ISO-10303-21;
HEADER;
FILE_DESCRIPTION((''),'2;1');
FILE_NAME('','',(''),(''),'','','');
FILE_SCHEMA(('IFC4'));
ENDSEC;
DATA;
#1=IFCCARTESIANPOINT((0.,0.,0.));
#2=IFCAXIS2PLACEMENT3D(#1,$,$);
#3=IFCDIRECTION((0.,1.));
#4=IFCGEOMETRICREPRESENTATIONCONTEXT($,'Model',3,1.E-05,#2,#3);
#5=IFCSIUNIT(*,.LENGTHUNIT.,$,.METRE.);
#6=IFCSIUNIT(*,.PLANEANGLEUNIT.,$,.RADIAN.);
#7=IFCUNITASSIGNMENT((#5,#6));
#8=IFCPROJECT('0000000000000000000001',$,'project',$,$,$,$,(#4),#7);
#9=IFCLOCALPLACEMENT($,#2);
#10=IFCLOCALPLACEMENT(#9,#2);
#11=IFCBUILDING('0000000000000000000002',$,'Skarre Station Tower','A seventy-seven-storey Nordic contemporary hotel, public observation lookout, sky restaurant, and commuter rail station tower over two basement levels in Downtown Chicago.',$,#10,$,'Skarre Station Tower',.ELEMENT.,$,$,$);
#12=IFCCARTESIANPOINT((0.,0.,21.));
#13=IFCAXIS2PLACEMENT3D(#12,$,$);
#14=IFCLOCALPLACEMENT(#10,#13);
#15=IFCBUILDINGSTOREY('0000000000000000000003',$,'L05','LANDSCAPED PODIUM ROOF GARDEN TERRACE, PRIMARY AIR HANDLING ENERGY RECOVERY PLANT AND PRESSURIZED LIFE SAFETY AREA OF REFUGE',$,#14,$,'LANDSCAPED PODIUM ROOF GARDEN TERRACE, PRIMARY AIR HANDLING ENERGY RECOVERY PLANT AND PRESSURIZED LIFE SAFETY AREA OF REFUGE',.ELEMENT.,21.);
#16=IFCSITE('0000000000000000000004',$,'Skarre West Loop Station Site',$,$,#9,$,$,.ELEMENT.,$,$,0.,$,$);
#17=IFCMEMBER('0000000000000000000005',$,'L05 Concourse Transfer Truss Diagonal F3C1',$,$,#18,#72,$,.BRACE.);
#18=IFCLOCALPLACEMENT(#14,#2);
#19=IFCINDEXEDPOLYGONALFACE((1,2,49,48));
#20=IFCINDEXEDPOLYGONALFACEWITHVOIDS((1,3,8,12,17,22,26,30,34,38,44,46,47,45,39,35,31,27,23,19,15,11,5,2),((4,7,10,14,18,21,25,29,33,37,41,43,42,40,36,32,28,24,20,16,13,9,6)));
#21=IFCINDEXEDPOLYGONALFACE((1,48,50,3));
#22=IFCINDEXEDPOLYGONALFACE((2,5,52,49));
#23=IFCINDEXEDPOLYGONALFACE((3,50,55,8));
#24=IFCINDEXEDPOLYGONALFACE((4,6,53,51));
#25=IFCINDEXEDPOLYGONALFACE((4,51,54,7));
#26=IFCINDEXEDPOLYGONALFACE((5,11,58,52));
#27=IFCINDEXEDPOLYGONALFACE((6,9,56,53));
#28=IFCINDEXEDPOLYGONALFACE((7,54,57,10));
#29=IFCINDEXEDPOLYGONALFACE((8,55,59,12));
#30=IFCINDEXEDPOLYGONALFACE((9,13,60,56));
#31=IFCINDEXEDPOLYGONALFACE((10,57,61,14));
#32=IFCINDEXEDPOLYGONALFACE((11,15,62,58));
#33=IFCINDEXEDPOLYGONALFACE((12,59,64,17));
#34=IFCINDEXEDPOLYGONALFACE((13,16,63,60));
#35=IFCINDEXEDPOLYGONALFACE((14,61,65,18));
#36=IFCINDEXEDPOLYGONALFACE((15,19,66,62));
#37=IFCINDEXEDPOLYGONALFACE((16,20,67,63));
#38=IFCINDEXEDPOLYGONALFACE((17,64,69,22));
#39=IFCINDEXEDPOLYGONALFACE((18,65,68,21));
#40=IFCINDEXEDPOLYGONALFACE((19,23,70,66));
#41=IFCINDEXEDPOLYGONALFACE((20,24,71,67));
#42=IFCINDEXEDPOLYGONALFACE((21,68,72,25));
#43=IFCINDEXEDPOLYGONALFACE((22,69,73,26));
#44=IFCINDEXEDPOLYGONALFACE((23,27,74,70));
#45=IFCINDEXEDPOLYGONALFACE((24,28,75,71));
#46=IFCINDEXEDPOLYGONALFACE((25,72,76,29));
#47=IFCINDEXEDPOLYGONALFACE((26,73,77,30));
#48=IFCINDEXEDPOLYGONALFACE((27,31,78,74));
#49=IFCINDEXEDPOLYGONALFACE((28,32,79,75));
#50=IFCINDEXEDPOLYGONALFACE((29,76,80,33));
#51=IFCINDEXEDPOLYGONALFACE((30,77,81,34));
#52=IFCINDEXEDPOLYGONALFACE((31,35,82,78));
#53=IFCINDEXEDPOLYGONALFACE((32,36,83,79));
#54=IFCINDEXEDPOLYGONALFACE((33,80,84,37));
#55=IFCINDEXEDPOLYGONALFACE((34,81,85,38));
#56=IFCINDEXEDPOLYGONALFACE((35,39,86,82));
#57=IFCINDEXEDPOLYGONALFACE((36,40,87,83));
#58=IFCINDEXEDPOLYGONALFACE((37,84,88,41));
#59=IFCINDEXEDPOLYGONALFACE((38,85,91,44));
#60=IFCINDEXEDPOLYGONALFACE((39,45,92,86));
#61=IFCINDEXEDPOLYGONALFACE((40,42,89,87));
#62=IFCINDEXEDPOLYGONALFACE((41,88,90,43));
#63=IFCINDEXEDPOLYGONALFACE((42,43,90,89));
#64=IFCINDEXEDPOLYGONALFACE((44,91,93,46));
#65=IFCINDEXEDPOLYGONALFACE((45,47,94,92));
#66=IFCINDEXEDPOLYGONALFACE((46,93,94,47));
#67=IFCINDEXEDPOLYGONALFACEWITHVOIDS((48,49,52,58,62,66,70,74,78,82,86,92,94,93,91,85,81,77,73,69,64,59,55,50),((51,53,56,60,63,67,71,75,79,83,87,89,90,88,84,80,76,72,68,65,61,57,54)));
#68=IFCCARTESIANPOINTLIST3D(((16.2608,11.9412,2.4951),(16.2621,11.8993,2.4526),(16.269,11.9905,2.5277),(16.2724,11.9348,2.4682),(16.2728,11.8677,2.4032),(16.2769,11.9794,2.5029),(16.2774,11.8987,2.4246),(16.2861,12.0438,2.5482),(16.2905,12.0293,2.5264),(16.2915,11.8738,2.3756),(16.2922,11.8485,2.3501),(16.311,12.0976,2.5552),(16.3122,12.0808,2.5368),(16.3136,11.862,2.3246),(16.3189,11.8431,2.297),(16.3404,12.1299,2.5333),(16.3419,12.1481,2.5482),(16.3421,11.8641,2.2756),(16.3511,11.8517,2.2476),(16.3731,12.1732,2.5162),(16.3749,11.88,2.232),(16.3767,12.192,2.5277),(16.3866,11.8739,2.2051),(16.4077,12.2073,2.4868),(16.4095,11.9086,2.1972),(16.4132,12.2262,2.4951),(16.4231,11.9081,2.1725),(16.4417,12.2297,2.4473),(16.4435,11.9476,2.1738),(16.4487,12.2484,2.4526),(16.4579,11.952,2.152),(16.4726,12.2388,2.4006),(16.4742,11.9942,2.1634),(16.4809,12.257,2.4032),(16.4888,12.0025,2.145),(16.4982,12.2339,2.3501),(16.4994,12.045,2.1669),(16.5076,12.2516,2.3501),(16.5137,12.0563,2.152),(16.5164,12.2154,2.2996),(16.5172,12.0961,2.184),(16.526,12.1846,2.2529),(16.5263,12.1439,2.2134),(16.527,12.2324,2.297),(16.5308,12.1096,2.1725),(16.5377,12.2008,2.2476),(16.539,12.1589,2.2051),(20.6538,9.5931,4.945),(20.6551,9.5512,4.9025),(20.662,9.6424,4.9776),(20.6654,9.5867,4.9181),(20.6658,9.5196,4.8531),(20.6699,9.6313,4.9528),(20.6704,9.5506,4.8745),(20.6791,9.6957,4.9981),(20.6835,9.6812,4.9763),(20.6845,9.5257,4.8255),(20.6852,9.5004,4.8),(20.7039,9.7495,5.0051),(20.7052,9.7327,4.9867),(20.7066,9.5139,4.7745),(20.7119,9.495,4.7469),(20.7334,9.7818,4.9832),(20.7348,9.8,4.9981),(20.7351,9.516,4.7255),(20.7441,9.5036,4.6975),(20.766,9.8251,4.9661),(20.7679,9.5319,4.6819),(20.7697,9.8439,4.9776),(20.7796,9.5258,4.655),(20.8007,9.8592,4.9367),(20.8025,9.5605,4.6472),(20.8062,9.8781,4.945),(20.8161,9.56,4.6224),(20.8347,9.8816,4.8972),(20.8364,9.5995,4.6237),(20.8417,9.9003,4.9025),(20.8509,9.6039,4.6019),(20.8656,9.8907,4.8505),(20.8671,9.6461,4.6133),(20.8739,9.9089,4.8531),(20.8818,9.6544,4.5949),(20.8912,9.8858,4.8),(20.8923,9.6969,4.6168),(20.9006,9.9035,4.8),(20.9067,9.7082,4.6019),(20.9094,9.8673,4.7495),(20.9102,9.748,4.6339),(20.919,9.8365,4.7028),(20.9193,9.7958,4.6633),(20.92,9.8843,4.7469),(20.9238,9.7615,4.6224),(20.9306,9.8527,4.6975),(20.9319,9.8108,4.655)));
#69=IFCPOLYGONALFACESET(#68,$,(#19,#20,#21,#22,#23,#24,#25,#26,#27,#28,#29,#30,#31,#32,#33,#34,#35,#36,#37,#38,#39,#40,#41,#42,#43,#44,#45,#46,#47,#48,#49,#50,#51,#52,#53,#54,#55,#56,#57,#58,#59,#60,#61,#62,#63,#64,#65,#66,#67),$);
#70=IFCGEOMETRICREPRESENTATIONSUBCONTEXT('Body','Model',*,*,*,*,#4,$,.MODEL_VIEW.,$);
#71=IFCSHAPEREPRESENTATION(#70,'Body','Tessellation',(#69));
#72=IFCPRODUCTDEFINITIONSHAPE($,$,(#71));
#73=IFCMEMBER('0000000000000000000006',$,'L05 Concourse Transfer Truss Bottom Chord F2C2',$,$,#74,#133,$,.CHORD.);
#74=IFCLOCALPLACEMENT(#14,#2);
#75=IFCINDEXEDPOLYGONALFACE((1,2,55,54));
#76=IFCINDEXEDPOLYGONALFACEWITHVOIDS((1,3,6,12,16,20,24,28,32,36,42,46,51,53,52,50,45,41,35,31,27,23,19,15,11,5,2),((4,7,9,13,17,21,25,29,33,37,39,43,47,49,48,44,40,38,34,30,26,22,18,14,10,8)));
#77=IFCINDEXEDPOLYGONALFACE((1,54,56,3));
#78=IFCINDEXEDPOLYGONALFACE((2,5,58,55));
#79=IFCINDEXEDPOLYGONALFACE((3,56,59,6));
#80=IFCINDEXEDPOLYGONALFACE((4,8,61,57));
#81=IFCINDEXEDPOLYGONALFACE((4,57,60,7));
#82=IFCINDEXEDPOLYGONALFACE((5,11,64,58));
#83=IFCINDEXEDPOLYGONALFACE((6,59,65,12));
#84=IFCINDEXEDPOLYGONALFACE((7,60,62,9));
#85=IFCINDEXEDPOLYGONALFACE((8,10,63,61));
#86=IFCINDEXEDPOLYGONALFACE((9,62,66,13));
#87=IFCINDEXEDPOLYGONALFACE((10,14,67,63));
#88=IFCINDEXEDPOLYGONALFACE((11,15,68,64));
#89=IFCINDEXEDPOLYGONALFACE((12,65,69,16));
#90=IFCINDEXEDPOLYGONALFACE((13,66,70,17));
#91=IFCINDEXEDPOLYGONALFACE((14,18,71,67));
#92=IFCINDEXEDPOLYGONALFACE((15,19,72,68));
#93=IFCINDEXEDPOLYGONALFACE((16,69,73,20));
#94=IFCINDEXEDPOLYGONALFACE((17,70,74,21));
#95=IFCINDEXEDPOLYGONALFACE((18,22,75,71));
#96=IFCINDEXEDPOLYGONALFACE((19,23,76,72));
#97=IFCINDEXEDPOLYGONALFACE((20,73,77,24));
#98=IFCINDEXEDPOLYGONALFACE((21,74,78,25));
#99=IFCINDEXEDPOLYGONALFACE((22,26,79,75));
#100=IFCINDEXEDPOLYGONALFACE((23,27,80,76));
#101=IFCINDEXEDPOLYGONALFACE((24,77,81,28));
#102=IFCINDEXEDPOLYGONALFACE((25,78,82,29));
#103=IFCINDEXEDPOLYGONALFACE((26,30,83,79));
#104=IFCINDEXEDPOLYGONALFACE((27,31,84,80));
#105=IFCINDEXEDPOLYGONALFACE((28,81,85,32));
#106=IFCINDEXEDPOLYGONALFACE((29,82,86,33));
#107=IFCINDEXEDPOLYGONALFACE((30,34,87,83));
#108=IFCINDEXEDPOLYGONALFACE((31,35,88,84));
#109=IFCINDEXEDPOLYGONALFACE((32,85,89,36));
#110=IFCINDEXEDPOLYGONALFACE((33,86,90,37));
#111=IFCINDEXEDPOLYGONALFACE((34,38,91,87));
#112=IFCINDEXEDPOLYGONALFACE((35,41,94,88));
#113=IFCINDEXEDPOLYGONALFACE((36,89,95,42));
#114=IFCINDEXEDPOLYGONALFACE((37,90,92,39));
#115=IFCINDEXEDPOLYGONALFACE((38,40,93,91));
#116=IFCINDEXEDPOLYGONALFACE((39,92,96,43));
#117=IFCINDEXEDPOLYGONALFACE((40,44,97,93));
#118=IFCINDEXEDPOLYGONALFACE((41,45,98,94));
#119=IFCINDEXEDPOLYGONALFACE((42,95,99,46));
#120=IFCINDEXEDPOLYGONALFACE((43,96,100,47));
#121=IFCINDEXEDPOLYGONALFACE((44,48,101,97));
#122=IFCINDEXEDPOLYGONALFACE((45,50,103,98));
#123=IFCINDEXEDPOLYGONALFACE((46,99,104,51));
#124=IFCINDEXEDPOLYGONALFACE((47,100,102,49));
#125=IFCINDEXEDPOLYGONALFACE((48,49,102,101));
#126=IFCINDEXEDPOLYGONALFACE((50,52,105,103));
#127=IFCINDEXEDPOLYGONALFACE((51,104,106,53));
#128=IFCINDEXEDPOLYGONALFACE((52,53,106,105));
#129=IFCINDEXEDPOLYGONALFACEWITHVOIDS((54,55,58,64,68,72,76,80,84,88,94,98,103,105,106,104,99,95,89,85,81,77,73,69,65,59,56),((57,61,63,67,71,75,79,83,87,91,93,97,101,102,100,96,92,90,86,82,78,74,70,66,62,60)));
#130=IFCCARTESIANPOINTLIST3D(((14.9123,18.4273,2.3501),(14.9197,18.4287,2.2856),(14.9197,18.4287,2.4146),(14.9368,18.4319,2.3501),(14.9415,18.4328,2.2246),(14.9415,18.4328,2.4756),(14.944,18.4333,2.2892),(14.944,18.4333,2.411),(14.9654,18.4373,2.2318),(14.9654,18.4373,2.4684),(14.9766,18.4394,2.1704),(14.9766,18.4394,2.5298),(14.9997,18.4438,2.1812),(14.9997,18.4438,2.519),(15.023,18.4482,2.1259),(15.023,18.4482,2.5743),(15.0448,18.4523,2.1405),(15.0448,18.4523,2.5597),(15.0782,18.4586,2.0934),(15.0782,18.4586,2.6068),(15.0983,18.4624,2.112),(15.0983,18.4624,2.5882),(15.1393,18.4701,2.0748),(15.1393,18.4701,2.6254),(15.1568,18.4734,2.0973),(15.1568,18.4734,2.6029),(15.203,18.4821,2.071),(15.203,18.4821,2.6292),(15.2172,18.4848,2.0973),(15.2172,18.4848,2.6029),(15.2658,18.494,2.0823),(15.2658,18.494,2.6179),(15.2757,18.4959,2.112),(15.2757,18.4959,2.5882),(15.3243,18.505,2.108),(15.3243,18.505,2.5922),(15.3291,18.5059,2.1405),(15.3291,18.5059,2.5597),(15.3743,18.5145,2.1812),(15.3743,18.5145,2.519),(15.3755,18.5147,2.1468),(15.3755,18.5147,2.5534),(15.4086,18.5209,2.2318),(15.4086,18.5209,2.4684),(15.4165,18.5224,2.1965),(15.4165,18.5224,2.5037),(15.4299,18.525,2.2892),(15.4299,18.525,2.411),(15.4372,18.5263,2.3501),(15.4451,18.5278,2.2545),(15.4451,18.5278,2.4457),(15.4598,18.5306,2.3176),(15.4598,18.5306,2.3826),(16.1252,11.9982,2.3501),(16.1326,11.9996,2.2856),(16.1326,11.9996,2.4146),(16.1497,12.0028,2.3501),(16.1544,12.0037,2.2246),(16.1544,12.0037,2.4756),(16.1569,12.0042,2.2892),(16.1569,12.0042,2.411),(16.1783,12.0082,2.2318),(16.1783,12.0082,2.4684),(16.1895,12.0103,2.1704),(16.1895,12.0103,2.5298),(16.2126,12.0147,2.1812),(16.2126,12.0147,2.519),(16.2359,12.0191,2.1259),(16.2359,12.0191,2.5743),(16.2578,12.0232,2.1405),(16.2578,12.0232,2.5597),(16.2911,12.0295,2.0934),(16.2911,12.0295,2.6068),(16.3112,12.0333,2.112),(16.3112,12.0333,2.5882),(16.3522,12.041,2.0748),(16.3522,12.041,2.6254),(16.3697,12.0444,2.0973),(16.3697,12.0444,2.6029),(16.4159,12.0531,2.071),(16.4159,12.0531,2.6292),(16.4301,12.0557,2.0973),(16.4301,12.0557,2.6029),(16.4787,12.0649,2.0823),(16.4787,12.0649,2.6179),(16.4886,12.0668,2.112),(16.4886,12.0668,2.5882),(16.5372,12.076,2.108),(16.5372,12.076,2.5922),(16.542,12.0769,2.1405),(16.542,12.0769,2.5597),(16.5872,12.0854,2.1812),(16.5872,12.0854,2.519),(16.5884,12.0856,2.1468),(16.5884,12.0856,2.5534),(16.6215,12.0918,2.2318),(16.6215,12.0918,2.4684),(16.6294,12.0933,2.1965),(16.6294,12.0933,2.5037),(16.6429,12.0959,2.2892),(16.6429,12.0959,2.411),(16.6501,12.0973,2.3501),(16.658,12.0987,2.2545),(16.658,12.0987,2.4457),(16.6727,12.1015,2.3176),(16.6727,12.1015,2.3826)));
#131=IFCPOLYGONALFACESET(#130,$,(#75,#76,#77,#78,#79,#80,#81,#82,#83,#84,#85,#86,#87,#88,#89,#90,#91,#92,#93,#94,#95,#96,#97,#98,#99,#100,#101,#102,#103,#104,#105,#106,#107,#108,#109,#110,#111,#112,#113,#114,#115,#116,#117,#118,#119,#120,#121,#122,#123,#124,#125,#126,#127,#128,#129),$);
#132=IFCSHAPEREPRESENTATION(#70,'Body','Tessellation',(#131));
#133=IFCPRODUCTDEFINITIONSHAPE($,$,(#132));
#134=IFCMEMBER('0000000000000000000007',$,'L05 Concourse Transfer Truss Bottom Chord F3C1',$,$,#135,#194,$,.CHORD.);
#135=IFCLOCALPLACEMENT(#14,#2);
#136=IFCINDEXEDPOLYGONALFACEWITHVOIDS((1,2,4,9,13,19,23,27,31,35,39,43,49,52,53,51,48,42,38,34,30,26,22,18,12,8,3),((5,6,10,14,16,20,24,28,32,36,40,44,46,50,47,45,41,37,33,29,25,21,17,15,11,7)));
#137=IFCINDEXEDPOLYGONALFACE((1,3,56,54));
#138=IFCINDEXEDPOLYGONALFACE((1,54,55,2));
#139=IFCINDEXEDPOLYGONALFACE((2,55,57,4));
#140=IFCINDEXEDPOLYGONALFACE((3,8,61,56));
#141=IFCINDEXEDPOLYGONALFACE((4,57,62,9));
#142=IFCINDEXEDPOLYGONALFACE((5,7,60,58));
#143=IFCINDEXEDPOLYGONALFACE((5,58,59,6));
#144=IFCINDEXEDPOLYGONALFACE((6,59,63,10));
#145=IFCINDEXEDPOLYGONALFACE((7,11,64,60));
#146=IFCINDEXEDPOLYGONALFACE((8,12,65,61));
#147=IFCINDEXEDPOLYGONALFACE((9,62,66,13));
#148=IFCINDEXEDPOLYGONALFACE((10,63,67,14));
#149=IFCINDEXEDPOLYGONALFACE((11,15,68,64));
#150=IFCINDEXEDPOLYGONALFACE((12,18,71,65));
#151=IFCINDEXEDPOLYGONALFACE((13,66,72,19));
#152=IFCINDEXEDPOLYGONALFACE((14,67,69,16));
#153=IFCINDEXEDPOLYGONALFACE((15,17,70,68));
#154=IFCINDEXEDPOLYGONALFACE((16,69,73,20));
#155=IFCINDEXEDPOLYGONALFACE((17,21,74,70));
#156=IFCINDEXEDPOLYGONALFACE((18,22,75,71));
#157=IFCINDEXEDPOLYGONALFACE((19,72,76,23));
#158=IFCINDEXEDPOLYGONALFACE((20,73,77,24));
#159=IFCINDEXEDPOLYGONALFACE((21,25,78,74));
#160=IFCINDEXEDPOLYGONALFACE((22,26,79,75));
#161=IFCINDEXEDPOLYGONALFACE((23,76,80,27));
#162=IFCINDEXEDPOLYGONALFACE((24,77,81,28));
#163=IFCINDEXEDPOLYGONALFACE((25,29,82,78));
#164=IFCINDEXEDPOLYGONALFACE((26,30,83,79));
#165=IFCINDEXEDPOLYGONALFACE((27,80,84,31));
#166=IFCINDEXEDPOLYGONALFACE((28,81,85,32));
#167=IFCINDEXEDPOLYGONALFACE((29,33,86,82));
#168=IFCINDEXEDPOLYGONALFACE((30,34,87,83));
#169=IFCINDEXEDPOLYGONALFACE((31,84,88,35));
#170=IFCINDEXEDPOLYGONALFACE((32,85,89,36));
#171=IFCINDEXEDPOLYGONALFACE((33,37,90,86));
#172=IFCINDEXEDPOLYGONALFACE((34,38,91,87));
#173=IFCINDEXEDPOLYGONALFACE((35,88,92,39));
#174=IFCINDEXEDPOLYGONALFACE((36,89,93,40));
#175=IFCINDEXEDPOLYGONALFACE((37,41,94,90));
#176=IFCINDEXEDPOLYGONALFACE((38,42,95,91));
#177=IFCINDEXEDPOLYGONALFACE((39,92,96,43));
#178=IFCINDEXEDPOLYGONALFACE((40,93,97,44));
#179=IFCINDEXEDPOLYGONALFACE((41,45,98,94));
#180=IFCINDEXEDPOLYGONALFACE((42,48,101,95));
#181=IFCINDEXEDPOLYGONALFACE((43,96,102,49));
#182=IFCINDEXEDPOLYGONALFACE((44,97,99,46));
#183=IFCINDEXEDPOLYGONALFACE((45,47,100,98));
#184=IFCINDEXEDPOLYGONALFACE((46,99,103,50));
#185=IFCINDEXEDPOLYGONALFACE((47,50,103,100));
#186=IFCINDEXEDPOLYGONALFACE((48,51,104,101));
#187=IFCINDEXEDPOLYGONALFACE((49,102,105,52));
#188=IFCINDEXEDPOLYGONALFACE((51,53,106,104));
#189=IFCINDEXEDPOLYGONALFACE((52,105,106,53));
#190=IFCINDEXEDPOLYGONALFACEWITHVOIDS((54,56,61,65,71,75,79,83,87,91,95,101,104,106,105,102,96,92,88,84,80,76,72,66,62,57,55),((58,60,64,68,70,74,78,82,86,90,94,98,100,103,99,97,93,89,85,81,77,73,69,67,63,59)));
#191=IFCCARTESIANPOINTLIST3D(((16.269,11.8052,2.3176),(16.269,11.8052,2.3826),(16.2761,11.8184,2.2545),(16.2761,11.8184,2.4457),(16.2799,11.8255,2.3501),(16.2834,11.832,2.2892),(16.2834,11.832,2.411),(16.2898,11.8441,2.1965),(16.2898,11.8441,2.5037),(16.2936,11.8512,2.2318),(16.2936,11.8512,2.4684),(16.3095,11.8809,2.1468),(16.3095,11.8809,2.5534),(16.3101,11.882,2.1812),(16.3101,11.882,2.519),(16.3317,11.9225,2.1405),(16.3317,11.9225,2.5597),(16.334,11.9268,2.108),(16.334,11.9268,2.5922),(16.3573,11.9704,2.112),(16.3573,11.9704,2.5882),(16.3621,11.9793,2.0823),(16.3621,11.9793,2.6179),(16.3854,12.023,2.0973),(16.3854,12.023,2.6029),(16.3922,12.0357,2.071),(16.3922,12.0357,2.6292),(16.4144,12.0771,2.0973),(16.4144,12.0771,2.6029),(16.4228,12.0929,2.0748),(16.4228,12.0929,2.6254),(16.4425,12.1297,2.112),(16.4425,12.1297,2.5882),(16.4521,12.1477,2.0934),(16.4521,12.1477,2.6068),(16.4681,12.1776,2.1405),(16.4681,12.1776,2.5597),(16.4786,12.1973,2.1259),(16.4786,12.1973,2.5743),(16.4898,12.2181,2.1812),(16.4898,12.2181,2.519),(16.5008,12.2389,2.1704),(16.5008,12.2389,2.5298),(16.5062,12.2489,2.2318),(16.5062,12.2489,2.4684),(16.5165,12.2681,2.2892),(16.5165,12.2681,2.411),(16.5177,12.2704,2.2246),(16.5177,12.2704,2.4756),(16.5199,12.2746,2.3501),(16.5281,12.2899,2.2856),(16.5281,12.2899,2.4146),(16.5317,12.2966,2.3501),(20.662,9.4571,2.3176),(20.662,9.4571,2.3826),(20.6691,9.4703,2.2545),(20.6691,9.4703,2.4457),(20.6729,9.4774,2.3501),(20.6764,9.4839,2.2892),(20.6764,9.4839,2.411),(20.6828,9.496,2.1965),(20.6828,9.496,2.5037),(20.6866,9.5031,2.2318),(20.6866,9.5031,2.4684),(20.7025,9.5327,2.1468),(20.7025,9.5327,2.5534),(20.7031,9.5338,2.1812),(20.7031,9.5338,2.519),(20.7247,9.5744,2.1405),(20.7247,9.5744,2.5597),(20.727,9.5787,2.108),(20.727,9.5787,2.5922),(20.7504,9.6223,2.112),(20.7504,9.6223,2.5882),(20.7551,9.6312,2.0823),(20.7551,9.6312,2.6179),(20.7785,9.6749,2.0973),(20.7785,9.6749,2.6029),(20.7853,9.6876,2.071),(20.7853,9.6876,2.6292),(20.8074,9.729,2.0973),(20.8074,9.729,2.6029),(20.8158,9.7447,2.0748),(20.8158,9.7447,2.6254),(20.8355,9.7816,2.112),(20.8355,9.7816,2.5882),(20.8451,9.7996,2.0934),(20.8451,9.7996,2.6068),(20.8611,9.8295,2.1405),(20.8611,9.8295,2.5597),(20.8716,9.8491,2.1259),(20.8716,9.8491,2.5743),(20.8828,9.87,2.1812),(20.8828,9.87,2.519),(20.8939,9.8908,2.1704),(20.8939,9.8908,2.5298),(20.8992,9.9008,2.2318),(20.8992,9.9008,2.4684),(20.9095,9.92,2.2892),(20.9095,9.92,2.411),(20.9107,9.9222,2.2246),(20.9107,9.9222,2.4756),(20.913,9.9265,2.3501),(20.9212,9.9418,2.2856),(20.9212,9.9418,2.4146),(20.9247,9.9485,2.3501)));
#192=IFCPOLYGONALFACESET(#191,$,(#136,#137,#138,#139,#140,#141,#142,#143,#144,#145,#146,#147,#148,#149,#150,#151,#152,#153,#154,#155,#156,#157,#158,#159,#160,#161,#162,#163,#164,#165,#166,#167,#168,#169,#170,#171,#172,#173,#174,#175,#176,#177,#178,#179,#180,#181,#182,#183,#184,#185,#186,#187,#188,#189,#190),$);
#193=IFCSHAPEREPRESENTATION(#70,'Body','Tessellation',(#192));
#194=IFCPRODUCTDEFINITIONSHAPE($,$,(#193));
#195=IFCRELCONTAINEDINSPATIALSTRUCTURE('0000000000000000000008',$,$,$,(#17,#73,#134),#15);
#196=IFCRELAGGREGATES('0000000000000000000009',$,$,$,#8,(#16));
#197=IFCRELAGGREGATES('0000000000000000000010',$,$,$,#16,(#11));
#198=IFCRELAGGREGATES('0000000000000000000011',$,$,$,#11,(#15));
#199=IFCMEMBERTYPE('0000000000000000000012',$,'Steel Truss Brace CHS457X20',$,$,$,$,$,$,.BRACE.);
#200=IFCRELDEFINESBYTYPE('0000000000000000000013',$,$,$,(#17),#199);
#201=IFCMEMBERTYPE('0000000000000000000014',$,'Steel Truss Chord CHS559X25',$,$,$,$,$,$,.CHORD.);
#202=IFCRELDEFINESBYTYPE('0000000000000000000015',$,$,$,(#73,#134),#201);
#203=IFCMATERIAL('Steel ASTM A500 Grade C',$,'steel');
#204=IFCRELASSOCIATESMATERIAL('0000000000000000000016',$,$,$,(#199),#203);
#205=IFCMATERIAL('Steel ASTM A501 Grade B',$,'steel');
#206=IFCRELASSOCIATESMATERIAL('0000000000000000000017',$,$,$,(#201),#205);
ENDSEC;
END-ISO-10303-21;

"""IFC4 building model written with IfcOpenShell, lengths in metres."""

from ifc_helpers import new_model, si_unit, direction, frame, origin, origin_2d, place, context, subcontext, project, spatial, hollow_circle, extrude, material, material_profile, profile_set, type_object, element, save


model = new_model("IFC4")

# Units and contexts
model_context = context("Model", 3, precision=1e-05, world=origin(), true_north=direction((0.0, 1.0)))
body_context = subcontext(model_context, "Body", "Model", "MODEL_VIEW")
ifc_project = project(units=[si_unit("LENGTHUNIT", "METRE"), si_unit("PLANEANGLEUNIT", "RADIAN")], contexts=[model_context])

# Site, building, storey
site_placement = place(None, origin())
site = spatial("IfcSite", under=ifc_project, at=site_placement, Name="Skarre West Loop Station Site", CompositionType="ELEMENT", RefElevation=0.0)
building_placement = place(site_placement, origin())
building = spatial("IfcBuilding", under=site, at=building_placement, Name="Skarre Station Tower", Description="A seventy-seven-storey Nordic contemporary hotel, public observation lookout, sky restaurant, and commuter rail station tower over two basement levels in Downtown Chicago.", LongName="Skarre Station Tower", CompositionType="ELEMENT")
storey_placement = place(building_placement, frame((0.0, 0.0, 21.0)))
storey = spatial("IfcBuildingStorey", under=building, at=storey_placement, Name="L05", Description="LANDSCAPED PODIUM ROOF GARDEN TERRACE, PRIMARY AIR HANDLING ENERGY RECOVERY PLANT AND PRESSURIZED LIFE SAFETY AREA OF REFUGE", LongName="LANDSCAPED PODIUM ROOF GARDEN TERRACE, PRIMARY AIR HANDLING ENERGY RECOVERY PLANT AND PRESSURIZED LIFE SAFETY AREA OF REFUGE", CompositionType="ELEMENT", Elevation=21.0)

# Shared definitions
ifc_material_1 = material(Name="Steel ASTM A500 Grade C", Category="steel")

# Members
ifc_material_profile_1 = material_profile(ifc_material_1, hollow_circle(Radius=0.2285, WallThickness=0.02, at=origin_2d()), Name="Steel ASTM A500 Grade C")
ifc_profile_set_1 = profile_set([ifc_material_profile_1], Name="Steel ASTM A500 Grade C")
member_type_1 = type_object("IfcMemberType", Name="Steel Truss Brace CHS457X20", PredefinedType="BRACE", material=ifc_profile_set_1)
member_1_placement = place(storey_placement, frame((16.3999, 12.05, 2.3501), z_axis=(0.791382, -0.423003, 0.441343), x_axis=(0.471397, 0.881921, 0.0)))
element("IfcMember", 1, at=member_1_placement, inside=storey, type_object=member_type_1, Name="L05 Concourse Transfer Truss Diagonal F3C1", PredefinedType="BRACE", context=body_context, shape_type="SweptSolid", body=[
    extrude(hollow_circle(Radius=0.2285, WallThickness=0.02, at=origin_2d()), origin(), (0.0, 0.0, 1.0), 5.551),
])
ifc_material_2 = material(Name="Steel ASTM A501 Grade B", Category="steel")
ifc_material_profile_2 = material_profile(ifc_material_2, hollow_circle(Radius=0.2795, WallThickness=0.0249, at=origin_2d()), Name="Steel ASTM A501 Grade B")
ifc_profile_set_2 = profile_set([ifc_material_profile_2], Name="Steel ASTM A501 Grade B")
member_type_2 = type_object("IfcMemberType", Name="Steel Truss Chord CHS559X25", PredefinedType="CHORD", material=ifc_profile_set_2)
member_2_placement = place(storey_placement, frame((16.3999, 12.05, 2.3501), z_axis=(-0.18539, 0.982665, 0.0), x_axis=(-0.982665, -0.18539, 0.0)))
element("IfcMember", 2, at=member_2_placement, inside=storey, type_object=member_type_2, Name="L05 Concourse Transfer Truss Bottom Chord F2C2", PredefinedType="CHORD", context=body_context, shape_type="SweptSolid", body=[
    extrude(hollow_circle(Radius=0.2795, WallThickness=0.0249, at=origin_2d()), origin(), (0.0, 0.0, 1.0), 6.5425),
])
member_3_placement = place(storey_placement, frame((16.3999, 12.05, 2.3501), z_axis=(0.881921, -0.471397, 0.0), x_axis=(0.471397, 0.881921, 0.0)))
element("IfcMember", 3, at=member_3_placement, inside=storey, type_object=member_type_2, Name="L05 Concourse Transfer Truss Bottom Chord F3C1", PredefinedType="CHORD", context=body_context, shape_type="SweptSolid", body=[
    extrude(hollow_circle(Radius=0.2795, WallThickness=0.0249, at=origin_2d()), origin(), (0.0, 0.0, 1.0), 4.9812),
])

save(model, "model.ifc")
